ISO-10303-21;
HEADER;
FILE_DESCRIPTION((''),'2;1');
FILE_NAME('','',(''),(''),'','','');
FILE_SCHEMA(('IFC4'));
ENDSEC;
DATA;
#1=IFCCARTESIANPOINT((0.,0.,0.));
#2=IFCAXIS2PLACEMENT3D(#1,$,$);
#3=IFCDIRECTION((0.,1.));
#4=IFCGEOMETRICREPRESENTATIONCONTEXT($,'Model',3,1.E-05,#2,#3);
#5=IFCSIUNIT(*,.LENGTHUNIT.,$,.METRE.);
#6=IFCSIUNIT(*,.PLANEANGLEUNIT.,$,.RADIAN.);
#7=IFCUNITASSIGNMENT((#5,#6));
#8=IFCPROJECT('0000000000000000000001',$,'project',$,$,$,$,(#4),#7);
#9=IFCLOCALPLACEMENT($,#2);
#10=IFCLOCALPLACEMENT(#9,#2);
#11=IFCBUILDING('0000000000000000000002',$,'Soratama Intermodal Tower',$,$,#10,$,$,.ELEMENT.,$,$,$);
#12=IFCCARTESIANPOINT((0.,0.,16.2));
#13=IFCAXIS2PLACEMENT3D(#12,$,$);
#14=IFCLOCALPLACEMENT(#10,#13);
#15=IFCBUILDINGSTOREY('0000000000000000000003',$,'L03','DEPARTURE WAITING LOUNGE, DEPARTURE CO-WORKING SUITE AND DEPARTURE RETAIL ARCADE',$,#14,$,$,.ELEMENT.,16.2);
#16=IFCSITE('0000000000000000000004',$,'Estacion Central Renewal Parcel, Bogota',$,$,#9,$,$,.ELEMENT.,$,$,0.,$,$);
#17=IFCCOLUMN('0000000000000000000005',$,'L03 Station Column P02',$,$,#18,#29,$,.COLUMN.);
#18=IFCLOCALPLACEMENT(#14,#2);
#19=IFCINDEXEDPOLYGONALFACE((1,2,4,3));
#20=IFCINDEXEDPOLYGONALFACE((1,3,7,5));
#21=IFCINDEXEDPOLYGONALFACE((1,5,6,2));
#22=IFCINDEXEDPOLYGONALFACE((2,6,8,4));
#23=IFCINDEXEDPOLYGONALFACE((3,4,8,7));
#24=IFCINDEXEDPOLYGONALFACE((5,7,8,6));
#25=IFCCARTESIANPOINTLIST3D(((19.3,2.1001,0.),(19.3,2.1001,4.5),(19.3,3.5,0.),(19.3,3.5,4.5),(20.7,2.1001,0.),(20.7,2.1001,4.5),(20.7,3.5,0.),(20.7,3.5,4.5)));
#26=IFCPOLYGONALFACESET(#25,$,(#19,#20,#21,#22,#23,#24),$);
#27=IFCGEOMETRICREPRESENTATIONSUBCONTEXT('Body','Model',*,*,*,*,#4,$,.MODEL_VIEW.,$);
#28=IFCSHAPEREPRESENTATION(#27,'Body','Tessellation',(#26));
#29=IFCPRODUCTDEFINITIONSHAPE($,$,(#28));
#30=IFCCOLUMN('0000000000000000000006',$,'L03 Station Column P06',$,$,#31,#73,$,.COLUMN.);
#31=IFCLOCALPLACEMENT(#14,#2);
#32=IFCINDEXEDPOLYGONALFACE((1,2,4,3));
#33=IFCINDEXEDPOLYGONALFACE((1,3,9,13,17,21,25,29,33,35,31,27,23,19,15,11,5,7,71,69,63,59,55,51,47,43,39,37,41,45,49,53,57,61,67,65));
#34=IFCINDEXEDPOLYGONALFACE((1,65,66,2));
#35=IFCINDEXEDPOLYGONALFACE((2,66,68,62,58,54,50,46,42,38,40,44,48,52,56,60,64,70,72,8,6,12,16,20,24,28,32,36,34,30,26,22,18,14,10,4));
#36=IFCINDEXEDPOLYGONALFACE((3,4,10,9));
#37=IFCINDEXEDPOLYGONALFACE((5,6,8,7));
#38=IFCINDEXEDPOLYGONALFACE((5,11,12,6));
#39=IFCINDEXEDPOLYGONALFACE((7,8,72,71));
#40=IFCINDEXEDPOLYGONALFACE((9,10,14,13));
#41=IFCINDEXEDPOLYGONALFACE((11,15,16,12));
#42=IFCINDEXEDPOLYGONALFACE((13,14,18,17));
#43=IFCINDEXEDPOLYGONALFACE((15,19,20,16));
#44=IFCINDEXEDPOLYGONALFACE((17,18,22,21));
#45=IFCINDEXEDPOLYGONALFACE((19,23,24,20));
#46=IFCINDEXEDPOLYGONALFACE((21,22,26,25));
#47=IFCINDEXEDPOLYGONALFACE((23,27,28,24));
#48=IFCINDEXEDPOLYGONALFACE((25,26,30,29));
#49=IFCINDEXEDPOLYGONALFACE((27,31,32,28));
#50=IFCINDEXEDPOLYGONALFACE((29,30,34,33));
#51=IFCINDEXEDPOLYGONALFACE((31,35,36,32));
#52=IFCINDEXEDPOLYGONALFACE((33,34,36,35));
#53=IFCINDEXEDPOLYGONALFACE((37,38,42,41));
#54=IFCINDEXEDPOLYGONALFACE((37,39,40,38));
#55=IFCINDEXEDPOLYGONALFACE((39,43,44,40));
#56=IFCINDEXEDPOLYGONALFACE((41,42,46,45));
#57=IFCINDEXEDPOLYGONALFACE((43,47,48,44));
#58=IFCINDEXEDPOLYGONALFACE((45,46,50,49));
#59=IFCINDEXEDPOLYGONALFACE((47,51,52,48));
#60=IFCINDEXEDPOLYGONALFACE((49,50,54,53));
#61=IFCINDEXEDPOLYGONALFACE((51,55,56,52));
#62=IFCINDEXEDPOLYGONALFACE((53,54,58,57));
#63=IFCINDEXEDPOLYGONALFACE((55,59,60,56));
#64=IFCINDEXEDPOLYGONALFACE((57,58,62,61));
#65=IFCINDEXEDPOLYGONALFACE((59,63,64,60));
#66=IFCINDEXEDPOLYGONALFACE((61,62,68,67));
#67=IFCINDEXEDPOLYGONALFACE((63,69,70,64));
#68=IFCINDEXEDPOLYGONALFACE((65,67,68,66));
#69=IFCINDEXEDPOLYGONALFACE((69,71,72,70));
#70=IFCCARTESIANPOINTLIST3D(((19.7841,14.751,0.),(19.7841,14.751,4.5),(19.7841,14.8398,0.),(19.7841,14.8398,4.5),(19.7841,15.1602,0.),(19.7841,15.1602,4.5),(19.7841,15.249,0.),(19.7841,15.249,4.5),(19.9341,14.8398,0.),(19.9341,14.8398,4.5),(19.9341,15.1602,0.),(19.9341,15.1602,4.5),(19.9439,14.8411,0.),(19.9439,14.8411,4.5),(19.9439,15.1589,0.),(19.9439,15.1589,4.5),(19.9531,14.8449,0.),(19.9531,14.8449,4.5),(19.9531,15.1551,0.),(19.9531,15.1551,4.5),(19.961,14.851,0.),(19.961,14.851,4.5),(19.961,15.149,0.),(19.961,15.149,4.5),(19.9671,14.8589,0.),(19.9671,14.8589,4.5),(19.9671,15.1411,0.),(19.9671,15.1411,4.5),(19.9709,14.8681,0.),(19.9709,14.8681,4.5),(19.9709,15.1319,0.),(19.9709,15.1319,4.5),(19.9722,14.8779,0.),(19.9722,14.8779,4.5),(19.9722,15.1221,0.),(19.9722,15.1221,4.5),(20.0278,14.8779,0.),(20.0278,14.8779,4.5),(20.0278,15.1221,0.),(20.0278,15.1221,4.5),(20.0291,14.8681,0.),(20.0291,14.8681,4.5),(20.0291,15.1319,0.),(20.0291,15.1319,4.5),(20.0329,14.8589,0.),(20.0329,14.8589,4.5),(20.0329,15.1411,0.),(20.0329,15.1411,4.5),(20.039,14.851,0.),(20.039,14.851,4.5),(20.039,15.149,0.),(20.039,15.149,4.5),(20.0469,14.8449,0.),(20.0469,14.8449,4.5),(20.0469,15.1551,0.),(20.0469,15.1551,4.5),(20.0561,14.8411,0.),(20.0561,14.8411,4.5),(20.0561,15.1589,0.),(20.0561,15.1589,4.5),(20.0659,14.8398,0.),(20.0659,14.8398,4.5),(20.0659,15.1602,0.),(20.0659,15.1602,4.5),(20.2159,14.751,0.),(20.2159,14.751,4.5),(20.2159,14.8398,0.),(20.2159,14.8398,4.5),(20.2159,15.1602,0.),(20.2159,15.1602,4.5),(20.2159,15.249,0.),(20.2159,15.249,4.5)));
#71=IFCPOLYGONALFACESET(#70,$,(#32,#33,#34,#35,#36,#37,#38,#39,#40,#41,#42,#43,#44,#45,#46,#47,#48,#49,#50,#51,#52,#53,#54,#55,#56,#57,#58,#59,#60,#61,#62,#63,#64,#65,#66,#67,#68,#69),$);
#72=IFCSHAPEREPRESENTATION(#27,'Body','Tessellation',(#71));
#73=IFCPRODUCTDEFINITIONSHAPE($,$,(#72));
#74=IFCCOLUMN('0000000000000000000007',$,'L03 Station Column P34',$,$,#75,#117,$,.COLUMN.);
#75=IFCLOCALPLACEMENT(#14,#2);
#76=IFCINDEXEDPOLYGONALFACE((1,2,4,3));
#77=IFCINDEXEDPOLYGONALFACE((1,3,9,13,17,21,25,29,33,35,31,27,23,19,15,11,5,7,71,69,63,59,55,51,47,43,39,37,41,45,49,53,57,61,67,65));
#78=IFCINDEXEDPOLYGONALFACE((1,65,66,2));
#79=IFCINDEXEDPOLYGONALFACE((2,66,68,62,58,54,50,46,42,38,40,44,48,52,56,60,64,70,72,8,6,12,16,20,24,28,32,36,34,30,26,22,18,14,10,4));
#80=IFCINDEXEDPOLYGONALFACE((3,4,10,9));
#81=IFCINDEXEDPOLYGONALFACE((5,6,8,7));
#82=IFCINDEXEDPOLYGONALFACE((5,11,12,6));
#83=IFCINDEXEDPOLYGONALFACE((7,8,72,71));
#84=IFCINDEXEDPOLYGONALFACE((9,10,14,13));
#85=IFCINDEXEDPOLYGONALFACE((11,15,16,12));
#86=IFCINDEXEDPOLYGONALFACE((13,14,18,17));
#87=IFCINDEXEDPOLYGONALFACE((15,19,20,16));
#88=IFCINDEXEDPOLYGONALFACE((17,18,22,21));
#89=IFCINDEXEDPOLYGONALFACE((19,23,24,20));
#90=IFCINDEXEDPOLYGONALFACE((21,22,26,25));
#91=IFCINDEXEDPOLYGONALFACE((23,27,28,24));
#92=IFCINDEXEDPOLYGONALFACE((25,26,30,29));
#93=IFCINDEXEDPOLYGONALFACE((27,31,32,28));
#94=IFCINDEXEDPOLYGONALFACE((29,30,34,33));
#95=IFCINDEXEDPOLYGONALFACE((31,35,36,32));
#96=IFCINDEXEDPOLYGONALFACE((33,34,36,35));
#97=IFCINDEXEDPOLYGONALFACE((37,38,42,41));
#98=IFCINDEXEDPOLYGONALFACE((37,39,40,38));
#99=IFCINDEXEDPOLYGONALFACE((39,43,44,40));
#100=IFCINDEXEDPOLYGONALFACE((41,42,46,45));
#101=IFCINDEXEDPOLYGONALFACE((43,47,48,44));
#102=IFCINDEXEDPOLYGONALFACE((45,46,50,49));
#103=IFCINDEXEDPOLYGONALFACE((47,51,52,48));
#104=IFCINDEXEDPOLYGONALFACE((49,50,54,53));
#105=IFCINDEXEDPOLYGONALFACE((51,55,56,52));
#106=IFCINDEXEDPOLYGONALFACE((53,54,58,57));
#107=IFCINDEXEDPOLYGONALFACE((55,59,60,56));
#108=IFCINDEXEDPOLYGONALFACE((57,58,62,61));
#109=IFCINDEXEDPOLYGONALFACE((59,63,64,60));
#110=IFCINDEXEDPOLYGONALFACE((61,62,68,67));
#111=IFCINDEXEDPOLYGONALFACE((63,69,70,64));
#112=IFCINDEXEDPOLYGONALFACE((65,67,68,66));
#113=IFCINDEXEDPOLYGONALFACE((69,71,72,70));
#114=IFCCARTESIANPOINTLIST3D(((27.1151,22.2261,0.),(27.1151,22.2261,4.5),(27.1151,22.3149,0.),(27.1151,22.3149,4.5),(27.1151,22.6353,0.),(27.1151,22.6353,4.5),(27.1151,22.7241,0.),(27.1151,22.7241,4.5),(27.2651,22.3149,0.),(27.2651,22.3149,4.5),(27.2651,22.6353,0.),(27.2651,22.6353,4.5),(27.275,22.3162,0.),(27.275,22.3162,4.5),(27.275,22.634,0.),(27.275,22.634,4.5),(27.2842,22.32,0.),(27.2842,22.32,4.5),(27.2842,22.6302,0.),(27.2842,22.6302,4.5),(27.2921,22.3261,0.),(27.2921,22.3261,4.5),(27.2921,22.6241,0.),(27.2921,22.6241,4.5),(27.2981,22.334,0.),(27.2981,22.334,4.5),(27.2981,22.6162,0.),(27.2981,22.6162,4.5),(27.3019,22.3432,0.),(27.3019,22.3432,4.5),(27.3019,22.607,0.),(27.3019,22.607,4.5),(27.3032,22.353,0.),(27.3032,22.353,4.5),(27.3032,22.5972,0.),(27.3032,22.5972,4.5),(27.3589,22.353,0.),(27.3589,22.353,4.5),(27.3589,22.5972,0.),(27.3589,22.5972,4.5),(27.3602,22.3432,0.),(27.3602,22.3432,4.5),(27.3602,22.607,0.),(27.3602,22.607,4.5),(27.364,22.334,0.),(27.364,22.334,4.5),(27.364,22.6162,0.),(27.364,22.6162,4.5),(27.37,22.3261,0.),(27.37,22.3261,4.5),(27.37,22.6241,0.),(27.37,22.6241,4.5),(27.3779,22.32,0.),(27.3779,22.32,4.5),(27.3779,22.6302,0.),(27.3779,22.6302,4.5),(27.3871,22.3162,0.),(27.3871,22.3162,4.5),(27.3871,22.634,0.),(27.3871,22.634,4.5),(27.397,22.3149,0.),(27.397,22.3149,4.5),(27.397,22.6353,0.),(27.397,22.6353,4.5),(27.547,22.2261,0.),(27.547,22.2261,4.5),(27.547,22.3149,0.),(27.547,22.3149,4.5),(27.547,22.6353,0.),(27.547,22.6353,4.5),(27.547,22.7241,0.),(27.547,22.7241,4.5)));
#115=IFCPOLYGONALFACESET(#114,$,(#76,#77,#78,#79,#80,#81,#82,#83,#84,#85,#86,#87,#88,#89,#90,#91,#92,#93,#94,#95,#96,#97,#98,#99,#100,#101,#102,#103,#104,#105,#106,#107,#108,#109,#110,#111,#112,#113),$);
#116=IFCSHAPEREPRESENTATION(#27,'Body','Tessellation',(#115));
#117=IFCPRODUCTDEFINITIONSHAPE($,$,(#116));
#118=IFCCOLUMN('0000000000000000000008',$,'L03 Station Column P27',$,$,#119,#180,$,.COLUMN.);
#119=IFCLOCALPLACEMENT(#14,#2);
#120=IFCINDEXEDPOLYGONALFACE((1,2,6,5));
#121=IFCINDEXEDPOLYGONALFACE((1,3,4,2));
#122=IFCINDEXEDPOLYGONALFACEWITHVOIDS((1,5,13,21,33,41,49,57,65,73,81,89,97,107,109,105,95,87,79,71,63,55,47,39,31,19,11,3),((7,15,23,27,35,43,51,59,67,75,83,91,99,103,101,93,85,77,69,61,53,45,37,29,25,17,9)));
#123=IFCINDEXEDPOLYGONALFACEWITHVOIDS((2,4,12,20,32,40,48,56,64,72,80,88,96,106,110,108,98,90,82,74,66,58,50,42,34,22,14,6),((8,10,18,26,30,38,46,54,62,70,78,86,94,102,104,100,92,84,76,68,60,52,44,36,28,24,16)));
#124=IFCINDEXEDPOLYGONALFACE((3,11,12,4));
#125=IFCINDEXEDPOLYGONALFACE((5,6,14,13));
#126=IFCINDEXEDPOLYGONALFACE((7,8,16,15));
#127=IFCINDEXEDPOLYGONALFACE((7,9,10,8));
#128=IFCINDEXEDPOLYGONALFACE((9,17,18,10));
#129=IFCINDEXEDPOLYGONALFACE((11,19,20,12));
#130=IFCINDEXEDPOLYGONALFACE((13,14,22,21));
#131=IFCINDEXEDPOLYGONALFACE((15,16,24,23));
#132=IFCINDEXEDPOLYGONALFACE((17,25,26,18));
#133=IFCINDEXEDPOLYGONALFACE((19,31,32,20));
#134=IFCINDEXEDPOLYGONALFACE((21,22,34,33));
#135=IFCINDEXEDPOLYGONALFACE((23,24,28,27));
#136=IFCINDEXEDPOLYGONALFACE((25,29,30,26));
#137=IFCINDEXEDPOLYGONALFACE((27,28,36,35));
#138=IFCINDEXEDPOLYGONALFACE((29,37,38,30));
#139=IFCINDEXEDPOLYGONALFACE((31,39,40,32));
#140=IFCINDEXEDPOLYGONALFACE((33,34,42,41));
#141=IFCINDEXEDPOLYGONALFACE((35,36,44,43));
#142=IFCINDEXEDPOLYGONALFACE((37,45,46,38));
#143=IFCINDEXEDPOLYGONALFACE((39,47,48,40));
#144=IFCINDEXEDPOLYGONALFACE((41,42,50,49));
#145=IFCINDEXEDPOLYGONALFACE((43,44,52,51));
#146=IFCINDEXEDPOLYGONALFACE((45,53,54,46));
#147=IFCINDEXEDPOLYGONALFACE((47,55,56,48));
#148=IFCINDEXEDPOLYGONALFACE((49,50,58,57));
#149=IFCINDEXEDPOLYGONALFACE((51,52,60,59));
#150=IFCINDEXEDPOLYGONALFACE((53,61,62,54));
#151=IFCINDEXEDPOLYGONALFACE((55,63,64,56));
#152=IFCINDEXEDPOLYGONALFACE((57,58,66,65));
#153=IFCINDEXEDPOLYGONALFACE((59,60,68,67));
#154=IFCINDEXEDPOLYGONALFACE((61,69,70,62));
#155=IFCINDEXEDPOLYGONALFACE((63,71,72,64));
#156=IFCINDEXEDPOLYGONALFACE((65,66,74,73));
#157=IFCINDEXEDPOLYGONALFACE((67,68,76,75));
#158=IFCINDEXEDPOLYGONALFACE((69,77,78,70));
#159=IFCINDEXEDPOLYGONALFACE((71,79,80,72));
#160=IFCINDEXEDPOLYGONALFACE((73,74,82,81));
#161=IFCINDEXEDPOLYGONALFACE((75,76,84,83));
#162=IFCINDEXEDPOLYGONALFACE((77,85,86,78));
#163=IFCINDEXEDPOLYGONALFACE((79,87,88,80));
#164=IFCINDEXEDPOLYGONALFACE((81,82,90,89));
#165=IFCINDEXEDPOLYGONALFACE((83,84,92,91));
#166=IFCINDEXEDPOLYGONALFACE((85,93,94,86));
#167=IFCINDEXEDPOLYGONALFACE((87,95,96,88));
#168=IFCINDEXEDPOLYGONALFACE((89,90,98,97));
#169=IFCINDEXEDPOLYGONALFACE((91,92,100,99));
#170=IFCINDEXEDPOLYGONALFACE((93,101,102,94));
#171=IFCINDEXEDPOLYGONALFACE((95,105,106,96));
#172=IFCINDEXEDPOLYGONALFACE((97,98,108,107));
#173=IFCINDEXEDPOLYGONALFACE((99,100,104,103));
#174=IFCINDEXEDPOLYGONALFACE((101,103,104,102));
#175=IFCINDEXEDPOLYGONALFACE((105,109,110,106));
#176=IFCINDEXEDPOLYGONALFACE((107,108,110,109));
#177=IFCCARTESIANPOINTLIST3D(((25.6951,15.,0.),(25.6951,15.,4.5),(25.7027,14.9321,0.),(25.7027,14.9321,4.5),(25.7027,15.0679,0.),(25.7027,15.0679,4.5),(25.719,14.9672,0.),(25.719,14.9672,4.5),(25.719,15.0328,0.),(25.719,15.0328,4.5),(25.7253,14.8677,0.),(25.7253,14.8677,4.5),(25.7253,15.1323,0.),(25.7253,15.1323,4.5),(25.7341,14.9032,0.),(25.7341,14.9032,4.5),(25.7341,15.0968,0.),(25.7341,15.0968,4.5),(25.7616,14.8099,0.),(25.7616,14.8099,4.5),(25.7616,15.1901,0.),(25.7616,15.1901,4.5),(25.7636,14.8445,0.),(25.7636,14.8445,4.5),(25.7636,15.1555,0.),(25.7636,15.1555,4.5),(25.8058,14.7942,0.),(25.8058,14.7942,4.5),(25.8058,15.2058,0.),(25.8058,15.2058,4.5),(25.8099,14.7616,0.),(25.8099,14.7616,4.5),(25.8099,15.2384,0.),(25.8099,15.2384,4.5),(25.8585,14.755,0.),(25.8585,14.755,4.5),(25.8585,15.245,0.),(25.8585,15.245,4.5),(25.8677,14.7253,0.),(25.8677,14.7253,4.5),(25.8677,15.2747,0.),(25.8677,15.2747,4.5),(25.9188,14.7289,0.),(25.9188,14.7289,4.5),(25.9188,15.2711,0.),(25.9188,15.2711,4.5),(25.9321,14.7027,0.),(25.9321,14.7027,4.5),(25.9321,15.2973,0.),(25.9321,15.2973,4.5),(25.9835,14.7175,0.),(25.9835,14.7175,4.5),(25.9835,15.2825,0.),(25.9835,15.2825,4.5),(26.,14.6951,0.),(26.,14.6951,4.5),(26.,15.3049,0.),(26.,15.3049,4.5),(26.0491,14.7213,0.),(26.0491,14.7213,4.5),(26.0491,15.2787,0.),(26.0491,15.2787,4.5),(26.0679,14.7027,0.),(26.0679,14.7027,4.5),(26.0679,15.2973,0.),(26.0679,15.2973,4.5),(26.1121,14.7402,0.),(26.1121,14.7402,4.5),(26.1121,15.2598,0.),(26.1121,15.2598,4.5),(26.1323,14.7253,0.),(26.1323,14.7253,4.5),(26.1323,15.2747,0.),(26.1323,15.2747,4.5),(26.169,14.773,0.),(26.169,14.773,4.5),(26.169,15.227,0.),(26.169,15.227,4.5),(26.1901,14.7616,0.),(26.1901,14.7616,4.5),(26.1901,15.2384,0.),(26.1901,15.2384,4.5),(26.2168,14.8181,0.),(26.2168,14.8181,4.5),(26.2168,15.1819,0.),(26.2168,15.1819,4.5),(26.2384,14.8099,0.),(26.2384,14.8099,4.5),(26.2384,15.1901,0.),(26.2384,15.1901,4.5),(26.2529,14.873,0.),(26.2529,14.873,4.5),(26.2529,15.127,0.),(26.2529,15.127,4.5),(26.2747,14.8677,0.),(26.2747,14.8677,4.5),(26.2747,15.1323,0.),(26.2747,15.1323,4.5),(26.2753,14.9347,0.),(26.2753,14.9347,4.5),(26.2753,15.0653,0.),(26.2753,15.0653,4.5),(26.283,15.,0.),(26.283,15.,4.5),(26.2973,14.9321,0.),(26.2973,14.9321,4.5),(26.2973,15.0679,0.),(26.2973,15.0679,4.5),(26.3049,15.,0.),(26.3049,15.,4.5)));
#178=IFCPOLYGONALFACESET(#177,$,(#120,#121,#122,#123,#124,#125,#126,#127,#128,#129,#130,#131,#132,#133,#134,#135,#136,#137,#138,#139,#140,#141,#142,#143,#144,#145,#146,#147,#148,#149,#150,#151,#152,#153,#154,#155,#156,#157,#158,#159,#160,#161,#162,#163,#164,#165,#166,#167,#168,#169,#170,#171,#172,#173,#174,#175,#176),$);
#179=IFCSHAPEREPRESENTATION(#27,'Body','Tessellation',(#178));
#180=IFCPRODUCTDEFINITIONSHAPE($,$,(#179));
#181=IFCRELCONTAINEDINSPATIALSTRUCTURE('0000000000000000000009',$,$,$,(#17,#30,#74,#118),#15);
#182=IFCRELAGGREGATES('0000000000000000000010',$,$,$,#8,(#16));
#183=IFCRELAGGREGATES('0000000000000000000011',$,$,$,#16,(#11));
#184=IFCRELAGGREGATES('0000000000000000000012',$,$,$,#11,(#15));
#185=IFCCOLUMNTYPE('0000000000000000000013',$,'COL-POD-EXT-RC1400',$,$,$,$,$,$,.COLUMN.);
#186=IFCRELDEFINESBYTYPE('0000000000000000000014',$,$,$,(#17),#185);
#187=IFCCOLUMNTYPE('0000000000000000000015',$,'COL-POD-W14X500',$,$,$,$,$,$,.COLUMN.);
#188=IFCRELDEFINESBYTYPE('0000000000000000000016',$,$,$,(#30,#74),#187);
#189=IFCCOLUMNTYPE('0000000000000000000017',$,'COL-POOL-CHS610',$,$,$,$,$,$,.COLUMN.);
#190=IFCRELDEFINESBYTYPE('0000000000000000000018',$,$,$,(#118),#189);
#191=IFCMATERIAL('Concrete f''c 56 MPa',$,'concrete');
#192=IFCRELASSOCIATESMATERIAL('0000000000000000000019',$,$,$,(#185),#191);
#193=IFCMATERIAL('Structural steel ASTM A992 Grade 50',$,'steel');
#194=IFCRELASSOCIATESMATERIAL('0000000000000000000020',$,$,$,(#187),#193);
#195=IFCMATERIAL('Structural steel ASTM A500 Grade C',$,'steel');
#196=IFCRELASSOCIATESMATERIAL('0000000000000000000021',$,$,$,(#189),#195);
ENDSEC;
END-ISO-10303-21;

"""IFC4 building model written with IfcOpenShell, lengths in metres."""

from ifc_helpers import new_model, si_unit, direction, frame, origin, origin_2d, place, context, subcontext, project, spatial, rectangle, hollow_circle, i_section, extrude, material, material_profile, profile_set, type_object, element, save


model = new_model("IFC4")

# Units and contexts
model_context = context("Model", 3, precision=1e-05, world=origin(), true_north=direction((0.0, 1.0)))
body_context = subcontext(model_context, "Body", "Model", "MODEL_VIEW")
ifc_project = project(units=[si_unit("LENGTHUNIT", "METRE"), si_unit("PLANEANGLEUNIT", "RADIAN")], contexts=[model_context])

# Site, building, storey
site_placement = place(None, origin())
site = spatial("IfcSite", under=ifc_project, at=site_placement, Name="Estacion Central Renewal Parcel, Bogota", CompositionType="ELEMENT", RefElevation=0.0)
building_placement = place(site_placement, origin())
building = spatial("IfcBuilding", under=site, at=building_placement, Name="Soratama Intermodal Tower", CompositionType="ELEMENT")
storey_placement = place(building_placement, frame((0.0, 0.0, 16.2)))
storey = spatial("IfcBuildingStorey", under=building, at=storey_placement, Name="L03", Description="DEPARTURE WAITING LOUNGE, DEPARTURE CO-WORKING SUITE AND DEPARTURE RETAIL ARCADE", CompositionType="ELEMENT", Elevation=16.2)

# Columns
ifc_material_1 = material(Name="Concrete f'c 56 MPa", Category="concrete")
ifc_material_profile_1 = material_profile(ifc_material_1, rectangle(XDim=1.3999, YDim=1.3999, at=origin_2d()), Name="RC1400X1400")
ifc_profile_set_1 = profile_set([ifc_material_profile_1], Name="Concrete f'c 56 MPa")
column_type_1 = type_object("IfcColumnType", Name="COL-POD-EXT-RC1400", PredefinedType="COLUMN", material=ifc_profile_set_1)
column_1_placement = place(storey_placement, frame((20.0, 2.8, 0.0), z_axis=(0.0, 0.0, 1.0), x_axis=(1.0, 0.0, 0.0)))
element("IfcColumn", 1, at=column_1_placement, inside=storey, type_object=column_type_1, Name="L03 Station Column P02", PredefinedType="COLUMN", context=body_context, shape_type="SweptSolid", body=[
    extrude(rectangle(XDim=1.3999, YDim=1.3999, at=origin_2d()), origin(), (0.0, 0.0, 1.0), 4.5),
])
ifc_material_2 = material(Name="Structural steel ASTM A992 Grade 50", Category="steel")
ifc_material_profile_2 = material_profile(ifc_material_2, i_section(OverallWidth=0.4319, OverallDepth=0.498, WebThickness=0.0557, FlangeThickness=0.0889, FilletRadius=0.0381, at=origin_2d()), Name="W14X500")
ifc_profile_set_2 = profile_set([ifc_material_profile_2], Name="Structural steel ASTM A992 Grade 50")
column_type_2 = type_object("IfcColumnType", Name="COL-POD-W14X500", PredefinedType="COLUMN", material=ifc_profile_set_2)
for number, where, z_axis, x_axis, name in (
    (2, (20.0, 15.0, 0.0), (0.0, 0.0, 1.0), (1.0, 0.0, 0.0), "L03 Station Column P06"),
    (3, (27.3311, 22.4751, 0.0), (0.0, 0.0, 1.0), (1.0, 0.0, 0.0), "L03 Station Column P34"),
):
    element("IfcColumn", number, at=place(storey_placement, frame(where, z_axis=z_axis, x_axis=x_axis)), inside=storey, type_object=column_type_2, Name=name, PredefinedType="COLUMN", context=body_context, shape_type="SweptSolid", body=[
        extrude(i_section(OverallWidth=0.4319, OverallDepth=0.498, WebThickness=0.0557, FlangeThickness=0.0889, FilletRadius=0.0381, at=origin_2d()), origin(), (0.0, 0.0, 1.0), 4.5),
    ])
ifc_material_3 = material(Name="Structural steel ASTM A500 Grade C", Category="steel")
ifc_material_profile_3 = material_profile(ifc_material_3, hollow_circle(Radius=0.3049, WallThickness=0.022, at=origin_2d()), Name="CHS610X22")
ifc_profile_set_3 = profile_set([ifc_material_profile_3], Name="Structural steel ASTM A500 Grade C")
column_type_3 = type_object("IfcColumnType", Name="COL-POOL-CHS610", PredefinedType="COLUMN", material=ifc_profile_set_3)
column_2_placement = place(storey_placement, frame((26.0, 15.0, 0.0), z_axis=(0.0, 0.0, 1.0), x_axis=(1.0, 0.0, 0.0)))
element("IfcColumn", 4, at=column_2_placement, inside=storey, type_object=column_type_3, Name="L03 Station Column P27", PredefinedType="COLUMN", context=body_context, shape_type="SweptSolid", body=[
    extrude(hollow_circle(Radius=0.3049, WallThickness=0.022, at=origin_2d()), origin(), (0.0, 0.0, 1.0), 4.5),
])

save(model, "model.ifc")
